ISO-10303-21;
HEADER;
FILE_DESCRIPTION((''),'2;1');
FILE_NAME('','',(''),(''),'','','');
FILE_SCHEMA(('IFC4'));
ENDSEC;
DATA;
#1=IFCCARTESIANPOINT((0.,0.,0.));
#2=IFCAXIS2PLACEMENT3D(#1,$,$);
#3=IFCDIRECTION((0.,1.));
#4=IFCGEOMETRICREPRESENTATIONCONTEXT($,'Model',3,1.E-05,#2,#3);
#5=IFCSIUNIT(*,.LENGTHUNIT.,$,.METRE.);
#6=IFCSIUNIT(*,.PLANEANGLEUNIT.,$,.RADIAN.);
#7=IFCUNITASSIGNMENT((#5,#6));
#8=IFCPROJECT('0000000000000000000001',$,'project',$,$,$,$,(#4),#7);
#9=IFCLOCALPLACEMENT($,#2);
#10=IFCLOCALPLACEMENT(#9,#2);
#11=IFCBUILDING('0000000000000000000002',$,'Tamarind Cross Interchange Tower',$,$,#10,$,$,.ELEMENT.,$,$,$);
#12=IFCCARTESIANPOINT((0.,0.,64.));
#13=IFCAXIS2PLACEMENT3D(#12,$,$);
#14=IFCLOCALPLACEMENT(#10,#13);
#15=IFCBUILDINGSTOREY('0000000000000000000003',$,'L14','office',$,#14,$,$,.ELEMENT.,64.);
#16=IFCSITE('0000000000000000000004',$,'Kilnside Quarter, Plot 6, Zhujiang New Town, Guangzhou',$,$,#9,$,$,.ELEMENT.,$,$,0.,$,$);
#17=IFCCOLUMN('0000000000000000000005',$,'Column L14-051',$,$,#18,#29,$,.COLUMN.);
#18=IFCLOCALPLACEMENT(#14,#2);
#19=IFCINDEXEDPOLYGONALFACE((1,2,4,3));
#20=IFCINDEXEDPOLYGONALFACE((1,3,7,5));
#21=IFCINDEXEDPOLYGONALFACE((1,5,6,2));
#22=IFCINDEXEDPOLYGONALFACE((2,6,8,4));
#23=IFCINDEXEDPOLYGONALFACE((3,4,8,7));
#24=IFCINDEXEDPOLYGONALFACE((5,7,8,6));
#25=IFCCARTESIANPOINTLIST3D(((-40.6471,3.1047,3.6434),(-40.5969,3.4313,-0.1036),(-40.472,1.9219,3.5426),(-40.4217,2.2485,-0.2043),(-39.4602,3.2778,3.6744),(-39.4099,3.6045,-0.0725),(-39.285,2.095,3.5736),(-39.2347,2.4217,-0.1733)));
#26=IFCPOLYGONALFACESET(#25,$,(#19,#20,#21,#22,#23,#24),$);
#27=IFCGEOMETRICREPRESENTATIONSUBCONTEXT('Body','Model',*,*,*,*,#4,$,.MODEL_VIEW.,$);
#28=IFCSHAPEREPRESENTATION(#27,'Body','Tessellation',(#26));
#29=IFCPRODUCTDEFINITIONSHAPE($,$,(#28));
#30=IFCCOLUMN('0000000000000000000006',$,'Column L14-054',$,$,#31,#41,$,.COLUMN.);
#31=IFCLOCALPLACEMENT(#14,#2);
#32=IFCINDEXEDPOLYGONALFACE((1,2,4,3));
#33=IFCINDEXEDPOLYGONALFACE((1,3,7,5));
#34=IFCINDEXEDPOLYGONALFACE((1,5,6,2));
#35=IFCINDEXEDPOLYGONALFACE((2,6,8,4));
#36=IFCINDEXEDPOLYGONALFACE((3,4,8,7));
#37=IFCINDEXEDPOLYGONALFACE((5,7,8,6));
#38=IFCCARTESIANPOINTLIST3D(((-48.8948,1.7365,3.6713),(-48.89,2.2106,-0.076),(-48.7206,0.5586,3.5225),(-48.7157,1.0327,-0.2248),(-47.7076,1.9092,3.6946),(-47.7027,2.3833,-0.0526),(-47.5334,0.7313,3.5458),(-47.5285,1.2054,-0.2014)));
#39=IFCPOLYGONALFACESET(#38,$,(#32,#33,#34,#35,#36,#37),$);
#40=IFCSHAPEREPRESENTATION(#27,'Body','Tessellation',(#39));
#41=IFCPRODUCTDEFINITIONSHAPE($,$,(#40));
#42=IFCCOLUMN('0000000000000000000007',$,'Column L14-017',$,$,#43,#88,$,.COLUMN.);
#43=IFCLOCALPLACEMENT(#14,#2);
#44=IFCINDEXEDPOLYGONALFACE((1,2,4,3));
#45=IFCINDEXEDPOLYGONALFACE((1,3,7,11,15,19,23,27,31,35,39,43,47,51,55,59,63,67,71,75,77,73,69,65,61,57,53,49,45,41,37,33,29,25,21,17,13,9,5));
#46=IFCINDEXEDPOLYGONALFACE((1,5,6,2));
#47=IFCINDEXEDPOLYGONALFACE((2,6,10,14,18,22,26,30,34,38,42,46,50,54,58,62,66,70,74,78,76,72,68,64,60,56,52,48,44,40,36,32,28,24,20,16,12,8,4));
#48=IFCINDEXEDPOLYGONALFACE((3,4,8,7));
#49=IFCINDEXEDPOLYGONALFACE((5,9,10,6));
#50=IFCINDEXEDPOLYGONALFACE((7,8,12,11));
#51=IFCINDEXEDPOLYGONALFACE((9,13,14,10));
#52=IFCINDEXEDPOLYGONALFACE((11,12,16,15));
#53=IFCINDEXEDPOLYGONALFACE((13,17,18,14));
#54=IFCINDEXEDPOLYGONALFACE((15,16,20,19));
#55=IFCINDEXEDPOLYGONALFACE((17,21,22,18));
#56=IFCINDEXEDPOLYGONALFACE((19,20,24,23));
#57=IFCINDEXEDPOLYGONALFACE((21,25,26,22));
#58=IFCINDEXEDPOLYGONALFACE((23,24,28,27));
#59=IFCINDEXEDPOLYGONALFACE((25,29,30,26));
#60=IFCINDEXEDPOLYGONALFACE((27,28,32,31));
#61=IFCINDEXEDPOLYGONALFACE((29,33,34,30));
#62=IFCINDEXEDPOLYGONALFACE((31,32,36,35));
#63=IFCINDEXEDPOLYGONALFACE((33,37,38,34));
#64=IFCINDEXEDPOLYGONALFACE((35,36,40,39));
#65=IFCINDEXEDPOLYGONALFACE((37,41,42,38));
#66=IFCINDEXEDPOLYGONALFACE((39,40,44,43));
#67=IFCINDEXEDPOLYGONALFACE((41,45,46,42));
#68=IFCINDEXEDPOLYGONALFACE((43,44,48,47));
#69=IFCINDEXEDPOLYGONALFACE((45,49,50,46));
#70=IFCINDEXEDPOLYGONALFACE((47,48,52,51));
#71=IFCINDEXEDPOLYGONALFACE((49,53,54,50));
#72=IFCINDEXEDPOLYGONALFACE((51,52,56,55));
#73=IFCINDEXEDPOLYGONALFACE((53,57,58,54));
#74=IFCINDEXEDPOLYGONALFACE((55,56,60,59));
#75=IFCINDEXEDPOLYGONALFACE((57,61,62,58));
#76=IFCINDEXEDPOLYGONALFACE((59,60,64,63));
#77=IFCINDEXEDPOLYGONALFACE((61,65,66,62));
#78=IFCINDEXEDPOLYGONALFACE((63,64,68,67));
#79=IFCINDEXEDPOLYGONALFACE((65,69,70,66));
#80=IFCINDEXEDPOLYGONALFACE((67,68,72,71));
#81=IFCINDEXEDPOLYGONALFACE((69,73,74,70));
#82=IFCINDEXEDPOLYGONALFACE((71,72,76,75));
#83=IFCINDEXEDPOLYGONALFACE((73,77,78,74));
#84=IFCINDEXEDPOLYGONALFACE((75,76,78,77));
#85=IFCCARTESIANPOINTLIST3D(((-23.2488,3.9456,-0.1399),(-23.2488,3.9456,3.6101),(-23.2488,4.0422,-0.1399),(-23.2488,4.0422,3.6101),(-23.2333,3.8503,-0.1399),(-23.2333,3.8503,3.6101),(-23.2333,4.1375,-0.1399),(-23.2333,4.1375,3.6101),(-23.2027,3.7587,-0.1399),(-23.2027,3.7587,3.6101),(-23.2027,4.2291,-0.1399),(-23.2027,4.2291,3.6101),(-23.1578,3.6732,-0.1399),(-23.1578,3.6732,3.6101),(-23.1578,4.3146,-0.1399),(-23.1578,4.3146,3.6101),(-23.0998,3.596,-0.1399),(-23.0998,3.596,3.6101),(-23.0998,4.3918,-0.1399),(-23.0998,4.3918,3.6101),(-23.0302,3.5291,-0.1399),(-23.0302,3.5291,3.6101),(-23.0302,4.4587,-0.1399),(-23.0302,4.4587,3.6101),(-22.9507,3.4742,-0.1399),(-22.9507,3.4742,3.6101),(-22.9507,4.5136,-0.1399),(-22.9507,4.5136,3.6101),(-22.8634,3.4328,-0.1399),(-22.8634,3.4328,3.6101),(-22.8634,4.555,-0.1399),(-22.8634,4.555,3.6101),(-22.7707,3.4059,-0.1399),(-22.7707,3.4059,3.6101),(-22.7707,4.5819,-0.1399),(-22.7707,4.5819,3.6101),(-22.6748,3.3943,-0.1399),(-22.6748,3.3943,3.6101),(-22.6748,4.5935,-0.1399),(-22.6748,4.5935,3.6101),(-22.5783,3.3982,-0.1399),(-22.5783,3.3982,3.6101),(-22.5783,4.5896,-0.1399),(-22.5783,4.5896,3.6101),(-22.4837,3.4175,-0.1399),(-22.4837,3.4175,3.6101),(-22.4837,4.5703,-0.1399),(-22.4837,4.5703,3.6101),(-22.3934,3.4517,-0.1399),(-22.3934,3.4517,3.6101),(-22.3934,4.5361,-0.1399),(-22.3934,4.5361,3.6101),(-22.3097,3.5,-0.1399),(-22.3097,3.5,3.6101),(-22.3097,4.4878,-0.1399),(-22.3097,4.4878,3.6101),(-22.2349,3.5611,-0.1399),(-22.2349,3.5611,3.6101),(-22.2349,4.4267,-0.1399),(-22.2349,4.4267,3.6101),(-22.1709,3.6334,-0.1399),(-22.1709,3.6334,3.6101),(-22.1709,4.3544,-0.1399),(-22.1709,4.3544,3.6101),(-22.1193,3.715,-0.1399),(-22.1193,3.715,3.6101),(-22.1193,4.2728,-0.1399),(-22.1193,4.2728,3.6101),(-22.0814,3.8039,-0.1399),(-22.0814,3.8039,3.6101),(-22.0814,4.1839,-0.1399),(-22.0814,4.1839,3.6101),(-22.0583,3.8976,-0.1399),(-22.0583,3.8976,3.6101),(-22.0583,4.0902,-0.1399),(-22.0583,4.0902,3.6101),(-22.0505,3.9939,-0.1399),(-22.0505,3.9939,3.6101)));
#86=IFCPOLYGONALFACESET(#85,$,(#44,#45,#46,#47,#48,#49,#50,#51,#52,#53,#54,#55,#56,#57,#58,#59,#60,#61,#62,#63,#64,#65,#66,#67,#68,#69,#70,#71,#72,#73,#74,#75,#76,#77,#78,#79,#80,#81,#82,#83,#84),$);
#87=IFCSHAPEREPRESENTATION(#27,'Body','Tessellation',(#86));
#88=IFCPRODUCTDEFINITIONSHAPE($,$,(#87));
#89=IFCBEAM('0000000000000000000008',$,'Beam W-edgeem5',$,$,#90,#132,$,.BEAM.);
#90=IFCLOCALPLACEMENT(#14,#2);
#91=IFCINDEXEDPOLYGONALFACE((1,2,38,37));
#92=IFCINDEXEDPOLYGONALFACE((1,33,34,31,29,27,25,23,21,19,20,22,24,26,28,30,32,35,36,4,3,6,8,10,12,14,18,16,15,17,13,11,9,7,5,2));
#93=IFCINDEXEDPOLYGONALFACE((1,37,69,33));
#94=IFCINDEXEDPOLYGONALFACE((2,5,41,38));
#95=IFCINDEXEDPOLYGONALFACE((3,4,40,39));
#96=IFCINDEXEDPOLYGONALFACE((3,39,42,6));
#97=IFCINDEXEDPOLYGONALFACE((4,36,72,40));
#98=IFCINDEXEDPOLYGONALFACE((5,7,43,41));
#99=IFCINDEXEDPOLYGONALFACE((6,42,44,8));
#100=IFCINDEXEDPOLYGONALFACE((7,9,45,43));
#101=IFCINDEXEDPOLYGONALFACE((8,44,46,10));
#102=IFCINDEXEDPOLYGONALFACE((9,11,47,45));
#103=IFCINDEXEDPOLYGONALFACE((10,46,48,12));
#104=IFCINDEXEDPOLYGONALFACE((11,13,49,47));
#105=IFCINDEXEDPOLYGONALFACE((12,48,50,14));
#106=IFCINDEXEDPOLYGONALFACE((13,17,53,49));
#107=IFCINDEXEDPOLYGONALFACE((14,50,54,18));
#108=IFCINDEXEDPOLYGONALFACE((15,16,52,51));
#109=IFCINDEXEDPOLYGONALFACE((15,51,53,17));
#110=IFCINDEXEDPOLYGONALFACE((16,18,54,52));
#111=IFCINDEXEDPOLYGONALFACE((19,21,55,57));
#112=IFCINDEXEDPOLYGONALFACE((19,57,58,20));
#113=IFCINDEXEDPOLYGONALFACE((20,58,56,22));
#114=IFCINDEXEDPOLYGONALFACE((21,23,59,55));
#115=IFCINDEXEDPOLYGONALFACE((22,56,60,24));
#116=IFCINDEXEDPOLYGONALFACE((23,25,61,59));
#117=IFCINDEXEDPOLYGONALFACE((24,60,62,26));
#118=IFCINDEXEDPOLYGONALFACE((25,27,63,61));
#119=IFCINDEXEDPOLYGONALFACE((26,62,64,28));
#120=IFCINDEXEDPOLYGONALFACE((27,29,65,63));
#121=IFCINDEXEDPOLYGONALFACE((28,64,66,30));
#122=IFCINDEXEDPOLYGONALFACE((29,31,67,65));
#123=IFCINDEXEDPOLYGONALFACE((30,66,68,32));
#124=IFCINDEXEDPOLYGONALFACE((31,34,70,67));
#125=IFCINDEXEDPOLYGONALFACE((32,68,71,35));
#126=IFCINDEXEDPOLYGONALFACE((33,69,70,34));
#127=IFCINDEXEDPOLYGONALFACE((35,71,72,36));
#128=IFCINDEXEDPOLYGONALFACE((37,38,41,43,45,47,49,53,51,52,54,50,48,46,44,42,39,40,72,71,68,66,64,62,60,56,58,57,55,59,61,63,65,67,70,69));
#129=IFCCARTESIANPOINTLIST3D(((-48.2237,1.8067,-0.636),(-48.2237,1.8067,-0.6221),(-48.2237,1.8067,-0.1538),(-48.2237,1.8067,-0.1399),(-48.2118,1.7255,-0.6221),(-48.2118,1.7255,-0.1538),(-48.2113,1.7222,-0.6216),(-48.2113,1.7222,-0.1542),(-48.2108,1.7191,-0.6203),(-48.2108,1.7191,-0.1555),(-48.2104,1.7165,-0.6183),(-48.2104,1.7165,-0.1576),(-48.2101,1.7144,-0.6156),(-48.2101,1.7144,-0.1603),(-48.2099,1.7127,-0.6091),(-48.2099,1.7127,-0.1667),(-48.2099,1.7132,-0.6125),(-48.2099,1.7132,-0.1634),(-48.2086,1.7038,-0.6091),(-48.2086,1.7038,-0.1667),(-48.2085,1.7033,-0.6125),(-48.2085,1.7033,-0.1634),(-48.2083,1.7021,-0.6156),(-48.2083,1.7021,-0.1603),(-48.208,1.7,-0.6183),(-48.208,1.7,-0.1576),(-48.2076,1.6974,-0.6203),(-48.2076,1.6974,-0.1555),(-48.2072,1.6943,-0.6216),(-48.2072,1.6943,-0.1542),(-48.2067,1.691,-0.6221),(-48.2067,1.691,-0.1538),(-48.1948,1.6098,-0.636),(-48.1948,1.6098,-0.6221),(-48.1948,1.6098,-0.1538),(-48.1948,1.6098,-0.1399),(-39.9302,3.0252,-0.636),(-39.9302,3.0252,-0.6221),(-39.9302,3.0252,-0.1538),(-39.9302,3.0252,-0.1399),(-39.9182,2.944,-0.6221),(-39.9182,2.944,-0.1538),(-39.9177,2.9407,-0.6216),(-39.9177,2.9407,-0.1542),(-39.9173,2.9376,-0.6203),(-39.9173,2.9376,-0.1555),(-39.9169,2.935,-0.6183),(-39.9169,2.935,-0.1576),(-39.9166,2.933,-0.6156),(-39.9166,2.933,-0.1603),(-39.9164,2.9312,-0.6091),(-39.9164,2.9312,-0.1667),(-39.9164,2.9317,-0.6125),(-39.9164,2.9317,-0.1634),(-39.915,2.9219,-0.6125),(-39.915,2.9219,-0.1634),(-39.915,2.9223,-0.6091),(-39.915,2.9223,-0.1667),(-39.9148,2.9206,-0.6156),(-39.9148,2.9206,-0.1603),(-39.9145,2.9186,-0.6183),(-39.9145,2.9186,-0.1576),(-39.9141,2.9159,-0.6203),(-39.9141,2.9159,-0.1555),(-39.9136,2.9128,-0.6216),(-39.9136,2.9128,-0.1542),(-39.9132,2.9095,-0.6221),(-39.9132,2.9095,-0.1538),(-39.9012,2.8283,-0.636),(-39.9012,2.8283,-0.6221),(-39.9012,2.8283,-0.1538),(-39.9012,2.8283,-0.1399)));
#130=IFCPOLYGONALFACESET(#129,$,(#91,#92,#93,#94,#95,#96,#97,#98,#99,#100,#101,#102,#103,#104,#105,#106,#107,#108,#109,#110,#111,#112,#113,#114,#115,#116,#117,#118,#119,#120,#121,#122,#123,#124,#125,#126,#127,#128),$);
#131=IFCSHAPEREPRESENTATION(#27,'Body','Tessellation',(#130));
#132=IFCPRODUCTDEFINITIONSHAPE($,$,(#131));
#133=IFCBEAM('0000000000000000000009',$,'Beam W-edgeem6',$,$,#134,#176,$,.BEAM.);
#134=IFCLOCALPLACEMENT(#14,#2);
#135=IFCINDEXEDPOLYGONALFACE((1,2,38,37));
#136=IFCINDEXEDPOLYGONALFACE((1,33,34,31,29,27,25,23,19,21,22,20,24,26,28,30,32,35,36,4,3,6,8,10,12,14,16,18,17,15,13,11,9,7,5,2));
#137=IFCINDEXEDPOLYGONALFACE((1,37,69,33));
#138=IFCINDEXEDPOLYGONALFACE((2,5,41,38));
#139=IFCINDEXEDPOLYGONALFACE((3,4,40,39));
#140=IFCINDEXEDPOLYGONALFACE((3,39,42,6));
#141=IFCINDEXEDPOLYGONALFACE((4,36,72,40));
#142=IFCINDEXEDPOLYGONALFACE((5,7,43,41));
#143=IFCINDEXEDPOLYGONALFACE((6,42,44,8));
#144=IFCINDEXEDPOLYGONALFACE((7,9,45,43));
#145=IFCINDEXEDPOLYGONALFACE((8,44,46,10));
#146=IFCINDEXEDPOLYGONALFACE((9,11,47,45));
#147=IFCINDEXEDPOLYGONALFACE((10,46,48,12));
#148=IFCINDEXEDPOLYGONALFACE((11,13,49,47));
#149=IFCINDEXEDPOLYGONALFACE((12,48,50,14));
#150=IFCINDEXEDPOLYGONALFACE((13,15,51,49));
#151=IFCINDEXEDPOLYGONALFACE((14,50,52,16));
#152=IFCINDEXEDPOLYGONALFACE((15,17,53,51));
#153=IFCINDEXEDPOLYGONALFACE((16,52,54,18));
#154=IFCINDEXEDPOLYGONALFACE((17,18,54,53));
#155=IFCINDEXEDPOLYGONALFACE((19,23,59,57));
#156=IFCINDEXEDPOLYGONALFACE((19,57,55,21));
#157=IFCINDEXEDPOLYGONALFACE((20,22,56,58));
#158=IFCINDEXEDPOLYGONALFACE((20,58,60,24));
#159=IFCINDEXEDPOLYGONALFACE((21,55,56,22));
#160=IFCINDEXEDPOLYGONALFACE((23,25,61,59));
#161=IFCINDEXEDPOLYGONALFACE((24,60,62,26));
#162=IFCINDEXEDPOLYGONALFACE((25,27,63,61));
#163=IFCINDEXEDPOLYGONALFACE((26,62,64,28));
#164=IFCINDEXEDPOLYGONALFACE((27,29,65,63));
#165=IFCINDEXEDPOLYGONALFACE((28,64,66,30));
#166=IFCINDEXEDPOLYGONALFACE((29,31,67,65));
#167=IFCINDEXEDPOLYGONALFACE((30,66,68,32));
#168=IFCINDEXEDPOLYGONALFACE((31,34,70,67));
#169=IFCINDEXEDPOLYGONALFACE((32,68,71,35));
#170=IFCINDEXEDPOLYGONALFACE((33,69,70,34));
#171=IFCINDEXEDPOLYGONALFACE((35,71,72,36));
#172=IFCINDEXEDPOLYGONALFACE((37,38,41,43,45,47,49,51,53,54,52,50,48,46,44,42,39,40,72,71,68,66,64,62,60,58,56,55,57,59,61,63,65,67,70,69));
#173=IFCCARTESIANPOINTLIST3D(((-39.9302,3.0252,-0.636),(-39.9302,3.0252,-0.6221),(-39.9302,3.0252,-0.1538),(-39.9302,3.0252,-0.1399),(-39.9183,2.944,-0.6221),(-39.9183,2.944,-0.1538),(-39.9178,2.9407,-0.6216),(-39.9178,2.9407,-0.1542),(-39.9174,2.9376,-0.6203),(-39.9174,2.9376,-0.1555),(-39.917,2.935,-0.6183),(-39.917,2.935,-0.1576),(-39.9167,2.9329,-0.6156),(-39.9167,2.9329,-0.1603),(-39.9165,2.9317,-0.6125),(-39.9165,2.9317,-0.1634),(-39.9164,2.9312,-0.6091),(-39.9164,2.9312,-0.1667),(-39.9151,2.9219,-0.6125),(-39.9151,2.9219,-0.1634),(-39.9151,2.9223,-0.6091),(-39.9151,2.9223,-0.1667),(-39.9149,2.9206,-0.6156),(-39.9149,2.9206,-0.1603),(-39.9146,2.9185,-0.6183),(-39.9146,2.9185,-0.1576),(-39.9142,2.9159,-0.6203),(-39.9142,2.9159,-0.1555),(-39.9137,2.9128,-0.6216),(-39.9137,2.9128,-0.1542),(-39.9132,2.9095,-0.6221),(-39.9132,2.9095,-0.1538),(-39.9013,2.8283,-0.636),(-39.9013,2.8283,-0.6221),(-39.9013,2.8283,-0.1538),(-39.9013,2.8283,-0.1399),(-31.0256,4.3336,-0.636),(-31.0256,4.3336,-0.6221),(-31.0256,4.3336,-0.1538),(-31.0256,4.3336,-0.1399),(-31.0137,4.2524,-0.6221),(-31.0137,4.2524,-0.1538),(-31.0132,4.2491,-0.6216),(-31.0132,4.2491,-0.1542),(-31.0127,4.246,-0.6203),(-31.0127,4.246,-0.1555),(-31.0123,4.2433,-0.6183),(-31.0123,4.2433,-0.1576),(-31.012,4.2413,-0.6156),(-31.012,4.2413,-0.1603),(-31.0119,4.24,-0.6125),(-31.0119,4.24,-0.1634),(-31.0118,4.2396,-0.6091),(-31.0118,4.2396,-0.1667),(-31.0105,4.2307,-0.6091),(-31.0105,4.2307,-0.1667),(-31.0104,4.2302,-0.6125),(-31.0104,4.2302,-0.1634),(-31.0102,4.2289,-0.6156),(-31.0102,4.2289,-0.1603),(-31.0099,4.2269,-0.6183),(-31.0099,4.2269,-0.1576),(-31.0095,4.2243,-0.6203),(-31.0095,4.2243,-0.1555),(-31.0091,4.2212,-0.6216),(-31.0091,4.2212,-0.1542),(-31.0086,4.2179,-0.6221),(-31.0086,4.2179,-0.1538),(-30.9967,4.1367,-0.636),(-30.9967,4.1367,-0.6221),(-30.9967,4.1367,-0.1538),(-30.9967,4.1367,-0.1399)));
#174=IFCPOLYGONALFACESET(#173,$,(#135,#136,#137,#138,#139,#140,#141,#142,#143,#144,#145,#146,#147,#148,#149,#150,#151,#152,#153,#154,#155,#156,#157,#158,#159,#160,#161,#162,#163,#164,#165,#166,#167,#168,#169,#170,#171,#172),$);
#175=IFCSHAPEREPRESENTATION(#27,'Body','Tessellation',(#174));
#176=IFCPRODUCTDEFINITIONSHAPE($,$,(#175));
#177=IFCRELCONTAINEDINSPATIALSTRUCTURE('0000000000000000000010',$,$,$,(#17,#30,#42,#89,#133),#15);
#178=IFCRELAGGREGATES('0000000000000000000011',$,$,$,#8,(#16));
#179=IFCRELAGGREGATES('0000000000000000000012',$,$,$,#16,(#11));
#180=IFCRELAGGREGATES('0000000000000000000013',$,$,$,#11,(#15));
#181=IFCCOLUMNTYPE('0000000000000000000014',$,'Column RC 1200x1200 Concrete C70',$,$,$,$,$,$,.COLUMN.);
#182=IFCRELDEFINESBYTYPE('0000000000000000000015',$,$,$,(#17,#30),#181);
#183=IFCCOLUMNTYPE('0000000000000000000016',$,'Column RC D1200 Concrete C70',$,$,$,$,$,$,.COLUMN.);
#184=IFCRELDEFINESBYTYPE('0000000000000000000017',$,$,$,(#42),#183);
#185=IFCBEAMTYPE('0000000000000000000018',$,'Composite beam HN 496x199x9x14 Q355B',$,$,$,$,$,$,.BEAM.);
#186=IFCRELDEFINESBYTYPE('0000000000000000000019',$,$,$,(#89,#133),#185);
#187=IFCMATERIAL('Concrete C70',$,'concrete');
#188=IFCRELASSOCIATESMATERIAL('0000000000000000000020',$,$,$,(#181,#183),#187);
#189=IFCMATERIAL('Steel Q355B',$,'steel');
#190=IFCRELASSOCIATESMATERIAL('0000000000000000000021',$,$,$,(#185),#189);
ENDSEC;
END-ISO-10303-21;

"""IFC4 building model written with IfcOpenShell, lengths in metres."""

from ifc_helpers import new_model, si_unit, direction, frame, origin, origin_2d, place, context, subcontext, project, spatial, rectangle, circle, i_section, extrude, material, material_profile, profile_set, type_object, element, save


model = new_model("IFC4")

# Units and contexts
model_context = context("Model", 3, precision=1e-05, world=origin(), true_north=direction((0.0, 1.0)))
body_context = subcontext(model_context, "Body", "Model", "MODEL_VIEW")
ifc_project = project(units=[si_unit("LENGTHUNIT", "METRE"), si_unit("PLANEANGLEUNIT", "RADIAN")], contexts=[model_context])

# Site, building, storey
site_placement = place(None, origin())
site = spatial("IfcSite", under=ifc_project, at=site_placement, Name="Kilnside Quarter, Plot 6, Zhujiang New Town, Guangzhou", CompositionType="ELEMENT", RefElevation=0.0)
building_placement = place(site_placement, origin())
building = spatial("IfcBuilding", under=site, at=building_placement, Name="Tamarind Cross Interchange Tower", CompositionType="ELEMENT")
storey_placement = place(building_placement, frame((0.0, 0.0, 64.0)))
storey = spatial("IfcBuildingStorey", under=building, at=storey_placement, Name="L14", Description="office", CompositionType="ELEMENT", Elevation=64.0)

# Columns
ifc_material_1 = material(Name="Concrete C70", Category="concrete")
ifc_material_profile_1 = material_profile(ifc_material_1, rectangle(XDim=1.2, YDim=1.2, at=origin_2d()), Name="RC 1200x1200")
ifc_profile_set_1 = profile_set([ifc_material_profile_1], Name="Concrete C70")
column_type_1 = type_object("IfcColumnType", Name="Column RC 1200x1200 Concrete C70", PredefinedType="COLUMN", material=ifc_profile_set_1)
column_1_placement = place(storey_placement, frame((-39.9158, 2.9265, -0.1384), z_axis=(-0.013371, -0.086846, 0.996132), x_axis=(0.989197, 0.144292, 0.025858)))
element("IfcColumn", 1, at=column_1_placement, inside=storey, type_object=column_type_1, Name="Column L14-051", PredefinedType="COLUMN", context=body_context, shape_type="SweptSolid", body=[
    extrude(rectangle(XDim=1.2, YDim=1.2, at=origin_2d()), origin(), (0.0, 0.0, 1.0), 3.7615),
])
column_2_placement = place(storey_placement, frame((-48.2092, 1.708, -0.1387), z_axis=(-0.001293, -0.125522, 0.99209), x_axis=(0.989402, 0.143888, 0.019494)))
element("IfcColumn", 2, at=column_2_placement, inside=storey, type_object=column_type_1, Name="Column L14-054", PredefinedType="COLUMN", context=body_context, shape_type="SweptSolid", body=[
    extrude(rectangle(XDim=1.2, YDim=1.2, at=origin_2d()), origin(), (0.0, 0.0, 1.0), 3.7771),
])
ifc_material_profile_2 = material_profile(ifc_material_1, circle(Radius=0.6001, at=origin_2d()), Name="RC D1200")
ifc_profile_set_2 = profile_set([ifc_material_profile_2], Name="Concrete C70")
column_type_2 = type_object("IfcColumnType", Name="Column RC D1200 Concrete C70", PredefinedType="COLUMN", material=ifc_profile_set_2)
column_3_placement = place(storey_placement, frame((-22.6506, 3.9939, -0.1399), z_axis=(0.0, 0.0, 1.0), x_axis=(1.0, 0.0, 0.0)))
element("IfcColumn", 3, at=column_3_placement, inside=storey, type_object=column_type_2, Name="Column L14-017", PredefinedType="COLUMN", context=body_context, shape_type="SweptSolid", body=[
    extrude(circle(Radius=0.6001, at=origin_2d()), origin(), (0.0, 0.0, 1.0), 3.75),
])

# Beams
ifc_material_2 = material(Name="Steel Q355B", Category="steel")
ifc_material_profile_3 = material_profile(ifc_material_2, i_section(OverallWidth=0.199, OverallDepth=0.4961, WebThickness=0.009, FlangeThickness=0.0139, FilletRadius=0.0129, at=origin_2d()), Name="HN 496x199x9x14")
ifc_profile_set_3 = profile_set([ifc_material_profile_3], Name="Steel Q355B")
beam_type_1 = type_object("IfcBeamType", Name="Composite beam HN 496x199x9x14 Q355B", PredefinedType="BEAM", material=ifc_profile_set_3)
beam_1_placement = place(storey_placement, frame((-48.2092, 1.7083, -0.3879), z_axis=(0.989378, 0.145363, 0.0), x_axis=(-0.145363, 0.989378, 0.0)))
element("IfcBeam", 4, at=beam_1_placement, inside=storey, type_object=beam_type_1, Name="Beam W-edgeem5", PredefinedType="BEAM", context=body_context, shape_type="SweptSolid", body=[
    extrude(i_section(OverallWidth=0.199, OverallDepth=0.4961, WebThickness=0.009, FlangeThickness=0.0139, FilletRadius=0.0129, at=origin_2d()), origin(), (0.0, 0.0, 1.0), 8.3826),
])
beam_2_placement = place(storey_placement, frame((-39.9158, 2.9268, -0.3879), z_axis=(0.989377, 0.14537, 0.0), x_axis=(-0.14537, 0.989377, 0.0)))
element("IfcBeam", 5, at=beam_2_placement, inside=storey, type_object=beam_type_1, Name="Beam W-edgeem6", PredefinedType="BEAM", context=body_context, shape_type="SweptSolid", body=[
    extrude(i_section(OverallWidth=0.199, OverallDepth=0.4961, WebThickness=0.009, FlangeThickness=0.0139, FilletRadius=0.0129, at=origin_2d()), origin(), (0.0, 0.0, 1.0), 9.0002),
])

save(model, "model.ifc")
